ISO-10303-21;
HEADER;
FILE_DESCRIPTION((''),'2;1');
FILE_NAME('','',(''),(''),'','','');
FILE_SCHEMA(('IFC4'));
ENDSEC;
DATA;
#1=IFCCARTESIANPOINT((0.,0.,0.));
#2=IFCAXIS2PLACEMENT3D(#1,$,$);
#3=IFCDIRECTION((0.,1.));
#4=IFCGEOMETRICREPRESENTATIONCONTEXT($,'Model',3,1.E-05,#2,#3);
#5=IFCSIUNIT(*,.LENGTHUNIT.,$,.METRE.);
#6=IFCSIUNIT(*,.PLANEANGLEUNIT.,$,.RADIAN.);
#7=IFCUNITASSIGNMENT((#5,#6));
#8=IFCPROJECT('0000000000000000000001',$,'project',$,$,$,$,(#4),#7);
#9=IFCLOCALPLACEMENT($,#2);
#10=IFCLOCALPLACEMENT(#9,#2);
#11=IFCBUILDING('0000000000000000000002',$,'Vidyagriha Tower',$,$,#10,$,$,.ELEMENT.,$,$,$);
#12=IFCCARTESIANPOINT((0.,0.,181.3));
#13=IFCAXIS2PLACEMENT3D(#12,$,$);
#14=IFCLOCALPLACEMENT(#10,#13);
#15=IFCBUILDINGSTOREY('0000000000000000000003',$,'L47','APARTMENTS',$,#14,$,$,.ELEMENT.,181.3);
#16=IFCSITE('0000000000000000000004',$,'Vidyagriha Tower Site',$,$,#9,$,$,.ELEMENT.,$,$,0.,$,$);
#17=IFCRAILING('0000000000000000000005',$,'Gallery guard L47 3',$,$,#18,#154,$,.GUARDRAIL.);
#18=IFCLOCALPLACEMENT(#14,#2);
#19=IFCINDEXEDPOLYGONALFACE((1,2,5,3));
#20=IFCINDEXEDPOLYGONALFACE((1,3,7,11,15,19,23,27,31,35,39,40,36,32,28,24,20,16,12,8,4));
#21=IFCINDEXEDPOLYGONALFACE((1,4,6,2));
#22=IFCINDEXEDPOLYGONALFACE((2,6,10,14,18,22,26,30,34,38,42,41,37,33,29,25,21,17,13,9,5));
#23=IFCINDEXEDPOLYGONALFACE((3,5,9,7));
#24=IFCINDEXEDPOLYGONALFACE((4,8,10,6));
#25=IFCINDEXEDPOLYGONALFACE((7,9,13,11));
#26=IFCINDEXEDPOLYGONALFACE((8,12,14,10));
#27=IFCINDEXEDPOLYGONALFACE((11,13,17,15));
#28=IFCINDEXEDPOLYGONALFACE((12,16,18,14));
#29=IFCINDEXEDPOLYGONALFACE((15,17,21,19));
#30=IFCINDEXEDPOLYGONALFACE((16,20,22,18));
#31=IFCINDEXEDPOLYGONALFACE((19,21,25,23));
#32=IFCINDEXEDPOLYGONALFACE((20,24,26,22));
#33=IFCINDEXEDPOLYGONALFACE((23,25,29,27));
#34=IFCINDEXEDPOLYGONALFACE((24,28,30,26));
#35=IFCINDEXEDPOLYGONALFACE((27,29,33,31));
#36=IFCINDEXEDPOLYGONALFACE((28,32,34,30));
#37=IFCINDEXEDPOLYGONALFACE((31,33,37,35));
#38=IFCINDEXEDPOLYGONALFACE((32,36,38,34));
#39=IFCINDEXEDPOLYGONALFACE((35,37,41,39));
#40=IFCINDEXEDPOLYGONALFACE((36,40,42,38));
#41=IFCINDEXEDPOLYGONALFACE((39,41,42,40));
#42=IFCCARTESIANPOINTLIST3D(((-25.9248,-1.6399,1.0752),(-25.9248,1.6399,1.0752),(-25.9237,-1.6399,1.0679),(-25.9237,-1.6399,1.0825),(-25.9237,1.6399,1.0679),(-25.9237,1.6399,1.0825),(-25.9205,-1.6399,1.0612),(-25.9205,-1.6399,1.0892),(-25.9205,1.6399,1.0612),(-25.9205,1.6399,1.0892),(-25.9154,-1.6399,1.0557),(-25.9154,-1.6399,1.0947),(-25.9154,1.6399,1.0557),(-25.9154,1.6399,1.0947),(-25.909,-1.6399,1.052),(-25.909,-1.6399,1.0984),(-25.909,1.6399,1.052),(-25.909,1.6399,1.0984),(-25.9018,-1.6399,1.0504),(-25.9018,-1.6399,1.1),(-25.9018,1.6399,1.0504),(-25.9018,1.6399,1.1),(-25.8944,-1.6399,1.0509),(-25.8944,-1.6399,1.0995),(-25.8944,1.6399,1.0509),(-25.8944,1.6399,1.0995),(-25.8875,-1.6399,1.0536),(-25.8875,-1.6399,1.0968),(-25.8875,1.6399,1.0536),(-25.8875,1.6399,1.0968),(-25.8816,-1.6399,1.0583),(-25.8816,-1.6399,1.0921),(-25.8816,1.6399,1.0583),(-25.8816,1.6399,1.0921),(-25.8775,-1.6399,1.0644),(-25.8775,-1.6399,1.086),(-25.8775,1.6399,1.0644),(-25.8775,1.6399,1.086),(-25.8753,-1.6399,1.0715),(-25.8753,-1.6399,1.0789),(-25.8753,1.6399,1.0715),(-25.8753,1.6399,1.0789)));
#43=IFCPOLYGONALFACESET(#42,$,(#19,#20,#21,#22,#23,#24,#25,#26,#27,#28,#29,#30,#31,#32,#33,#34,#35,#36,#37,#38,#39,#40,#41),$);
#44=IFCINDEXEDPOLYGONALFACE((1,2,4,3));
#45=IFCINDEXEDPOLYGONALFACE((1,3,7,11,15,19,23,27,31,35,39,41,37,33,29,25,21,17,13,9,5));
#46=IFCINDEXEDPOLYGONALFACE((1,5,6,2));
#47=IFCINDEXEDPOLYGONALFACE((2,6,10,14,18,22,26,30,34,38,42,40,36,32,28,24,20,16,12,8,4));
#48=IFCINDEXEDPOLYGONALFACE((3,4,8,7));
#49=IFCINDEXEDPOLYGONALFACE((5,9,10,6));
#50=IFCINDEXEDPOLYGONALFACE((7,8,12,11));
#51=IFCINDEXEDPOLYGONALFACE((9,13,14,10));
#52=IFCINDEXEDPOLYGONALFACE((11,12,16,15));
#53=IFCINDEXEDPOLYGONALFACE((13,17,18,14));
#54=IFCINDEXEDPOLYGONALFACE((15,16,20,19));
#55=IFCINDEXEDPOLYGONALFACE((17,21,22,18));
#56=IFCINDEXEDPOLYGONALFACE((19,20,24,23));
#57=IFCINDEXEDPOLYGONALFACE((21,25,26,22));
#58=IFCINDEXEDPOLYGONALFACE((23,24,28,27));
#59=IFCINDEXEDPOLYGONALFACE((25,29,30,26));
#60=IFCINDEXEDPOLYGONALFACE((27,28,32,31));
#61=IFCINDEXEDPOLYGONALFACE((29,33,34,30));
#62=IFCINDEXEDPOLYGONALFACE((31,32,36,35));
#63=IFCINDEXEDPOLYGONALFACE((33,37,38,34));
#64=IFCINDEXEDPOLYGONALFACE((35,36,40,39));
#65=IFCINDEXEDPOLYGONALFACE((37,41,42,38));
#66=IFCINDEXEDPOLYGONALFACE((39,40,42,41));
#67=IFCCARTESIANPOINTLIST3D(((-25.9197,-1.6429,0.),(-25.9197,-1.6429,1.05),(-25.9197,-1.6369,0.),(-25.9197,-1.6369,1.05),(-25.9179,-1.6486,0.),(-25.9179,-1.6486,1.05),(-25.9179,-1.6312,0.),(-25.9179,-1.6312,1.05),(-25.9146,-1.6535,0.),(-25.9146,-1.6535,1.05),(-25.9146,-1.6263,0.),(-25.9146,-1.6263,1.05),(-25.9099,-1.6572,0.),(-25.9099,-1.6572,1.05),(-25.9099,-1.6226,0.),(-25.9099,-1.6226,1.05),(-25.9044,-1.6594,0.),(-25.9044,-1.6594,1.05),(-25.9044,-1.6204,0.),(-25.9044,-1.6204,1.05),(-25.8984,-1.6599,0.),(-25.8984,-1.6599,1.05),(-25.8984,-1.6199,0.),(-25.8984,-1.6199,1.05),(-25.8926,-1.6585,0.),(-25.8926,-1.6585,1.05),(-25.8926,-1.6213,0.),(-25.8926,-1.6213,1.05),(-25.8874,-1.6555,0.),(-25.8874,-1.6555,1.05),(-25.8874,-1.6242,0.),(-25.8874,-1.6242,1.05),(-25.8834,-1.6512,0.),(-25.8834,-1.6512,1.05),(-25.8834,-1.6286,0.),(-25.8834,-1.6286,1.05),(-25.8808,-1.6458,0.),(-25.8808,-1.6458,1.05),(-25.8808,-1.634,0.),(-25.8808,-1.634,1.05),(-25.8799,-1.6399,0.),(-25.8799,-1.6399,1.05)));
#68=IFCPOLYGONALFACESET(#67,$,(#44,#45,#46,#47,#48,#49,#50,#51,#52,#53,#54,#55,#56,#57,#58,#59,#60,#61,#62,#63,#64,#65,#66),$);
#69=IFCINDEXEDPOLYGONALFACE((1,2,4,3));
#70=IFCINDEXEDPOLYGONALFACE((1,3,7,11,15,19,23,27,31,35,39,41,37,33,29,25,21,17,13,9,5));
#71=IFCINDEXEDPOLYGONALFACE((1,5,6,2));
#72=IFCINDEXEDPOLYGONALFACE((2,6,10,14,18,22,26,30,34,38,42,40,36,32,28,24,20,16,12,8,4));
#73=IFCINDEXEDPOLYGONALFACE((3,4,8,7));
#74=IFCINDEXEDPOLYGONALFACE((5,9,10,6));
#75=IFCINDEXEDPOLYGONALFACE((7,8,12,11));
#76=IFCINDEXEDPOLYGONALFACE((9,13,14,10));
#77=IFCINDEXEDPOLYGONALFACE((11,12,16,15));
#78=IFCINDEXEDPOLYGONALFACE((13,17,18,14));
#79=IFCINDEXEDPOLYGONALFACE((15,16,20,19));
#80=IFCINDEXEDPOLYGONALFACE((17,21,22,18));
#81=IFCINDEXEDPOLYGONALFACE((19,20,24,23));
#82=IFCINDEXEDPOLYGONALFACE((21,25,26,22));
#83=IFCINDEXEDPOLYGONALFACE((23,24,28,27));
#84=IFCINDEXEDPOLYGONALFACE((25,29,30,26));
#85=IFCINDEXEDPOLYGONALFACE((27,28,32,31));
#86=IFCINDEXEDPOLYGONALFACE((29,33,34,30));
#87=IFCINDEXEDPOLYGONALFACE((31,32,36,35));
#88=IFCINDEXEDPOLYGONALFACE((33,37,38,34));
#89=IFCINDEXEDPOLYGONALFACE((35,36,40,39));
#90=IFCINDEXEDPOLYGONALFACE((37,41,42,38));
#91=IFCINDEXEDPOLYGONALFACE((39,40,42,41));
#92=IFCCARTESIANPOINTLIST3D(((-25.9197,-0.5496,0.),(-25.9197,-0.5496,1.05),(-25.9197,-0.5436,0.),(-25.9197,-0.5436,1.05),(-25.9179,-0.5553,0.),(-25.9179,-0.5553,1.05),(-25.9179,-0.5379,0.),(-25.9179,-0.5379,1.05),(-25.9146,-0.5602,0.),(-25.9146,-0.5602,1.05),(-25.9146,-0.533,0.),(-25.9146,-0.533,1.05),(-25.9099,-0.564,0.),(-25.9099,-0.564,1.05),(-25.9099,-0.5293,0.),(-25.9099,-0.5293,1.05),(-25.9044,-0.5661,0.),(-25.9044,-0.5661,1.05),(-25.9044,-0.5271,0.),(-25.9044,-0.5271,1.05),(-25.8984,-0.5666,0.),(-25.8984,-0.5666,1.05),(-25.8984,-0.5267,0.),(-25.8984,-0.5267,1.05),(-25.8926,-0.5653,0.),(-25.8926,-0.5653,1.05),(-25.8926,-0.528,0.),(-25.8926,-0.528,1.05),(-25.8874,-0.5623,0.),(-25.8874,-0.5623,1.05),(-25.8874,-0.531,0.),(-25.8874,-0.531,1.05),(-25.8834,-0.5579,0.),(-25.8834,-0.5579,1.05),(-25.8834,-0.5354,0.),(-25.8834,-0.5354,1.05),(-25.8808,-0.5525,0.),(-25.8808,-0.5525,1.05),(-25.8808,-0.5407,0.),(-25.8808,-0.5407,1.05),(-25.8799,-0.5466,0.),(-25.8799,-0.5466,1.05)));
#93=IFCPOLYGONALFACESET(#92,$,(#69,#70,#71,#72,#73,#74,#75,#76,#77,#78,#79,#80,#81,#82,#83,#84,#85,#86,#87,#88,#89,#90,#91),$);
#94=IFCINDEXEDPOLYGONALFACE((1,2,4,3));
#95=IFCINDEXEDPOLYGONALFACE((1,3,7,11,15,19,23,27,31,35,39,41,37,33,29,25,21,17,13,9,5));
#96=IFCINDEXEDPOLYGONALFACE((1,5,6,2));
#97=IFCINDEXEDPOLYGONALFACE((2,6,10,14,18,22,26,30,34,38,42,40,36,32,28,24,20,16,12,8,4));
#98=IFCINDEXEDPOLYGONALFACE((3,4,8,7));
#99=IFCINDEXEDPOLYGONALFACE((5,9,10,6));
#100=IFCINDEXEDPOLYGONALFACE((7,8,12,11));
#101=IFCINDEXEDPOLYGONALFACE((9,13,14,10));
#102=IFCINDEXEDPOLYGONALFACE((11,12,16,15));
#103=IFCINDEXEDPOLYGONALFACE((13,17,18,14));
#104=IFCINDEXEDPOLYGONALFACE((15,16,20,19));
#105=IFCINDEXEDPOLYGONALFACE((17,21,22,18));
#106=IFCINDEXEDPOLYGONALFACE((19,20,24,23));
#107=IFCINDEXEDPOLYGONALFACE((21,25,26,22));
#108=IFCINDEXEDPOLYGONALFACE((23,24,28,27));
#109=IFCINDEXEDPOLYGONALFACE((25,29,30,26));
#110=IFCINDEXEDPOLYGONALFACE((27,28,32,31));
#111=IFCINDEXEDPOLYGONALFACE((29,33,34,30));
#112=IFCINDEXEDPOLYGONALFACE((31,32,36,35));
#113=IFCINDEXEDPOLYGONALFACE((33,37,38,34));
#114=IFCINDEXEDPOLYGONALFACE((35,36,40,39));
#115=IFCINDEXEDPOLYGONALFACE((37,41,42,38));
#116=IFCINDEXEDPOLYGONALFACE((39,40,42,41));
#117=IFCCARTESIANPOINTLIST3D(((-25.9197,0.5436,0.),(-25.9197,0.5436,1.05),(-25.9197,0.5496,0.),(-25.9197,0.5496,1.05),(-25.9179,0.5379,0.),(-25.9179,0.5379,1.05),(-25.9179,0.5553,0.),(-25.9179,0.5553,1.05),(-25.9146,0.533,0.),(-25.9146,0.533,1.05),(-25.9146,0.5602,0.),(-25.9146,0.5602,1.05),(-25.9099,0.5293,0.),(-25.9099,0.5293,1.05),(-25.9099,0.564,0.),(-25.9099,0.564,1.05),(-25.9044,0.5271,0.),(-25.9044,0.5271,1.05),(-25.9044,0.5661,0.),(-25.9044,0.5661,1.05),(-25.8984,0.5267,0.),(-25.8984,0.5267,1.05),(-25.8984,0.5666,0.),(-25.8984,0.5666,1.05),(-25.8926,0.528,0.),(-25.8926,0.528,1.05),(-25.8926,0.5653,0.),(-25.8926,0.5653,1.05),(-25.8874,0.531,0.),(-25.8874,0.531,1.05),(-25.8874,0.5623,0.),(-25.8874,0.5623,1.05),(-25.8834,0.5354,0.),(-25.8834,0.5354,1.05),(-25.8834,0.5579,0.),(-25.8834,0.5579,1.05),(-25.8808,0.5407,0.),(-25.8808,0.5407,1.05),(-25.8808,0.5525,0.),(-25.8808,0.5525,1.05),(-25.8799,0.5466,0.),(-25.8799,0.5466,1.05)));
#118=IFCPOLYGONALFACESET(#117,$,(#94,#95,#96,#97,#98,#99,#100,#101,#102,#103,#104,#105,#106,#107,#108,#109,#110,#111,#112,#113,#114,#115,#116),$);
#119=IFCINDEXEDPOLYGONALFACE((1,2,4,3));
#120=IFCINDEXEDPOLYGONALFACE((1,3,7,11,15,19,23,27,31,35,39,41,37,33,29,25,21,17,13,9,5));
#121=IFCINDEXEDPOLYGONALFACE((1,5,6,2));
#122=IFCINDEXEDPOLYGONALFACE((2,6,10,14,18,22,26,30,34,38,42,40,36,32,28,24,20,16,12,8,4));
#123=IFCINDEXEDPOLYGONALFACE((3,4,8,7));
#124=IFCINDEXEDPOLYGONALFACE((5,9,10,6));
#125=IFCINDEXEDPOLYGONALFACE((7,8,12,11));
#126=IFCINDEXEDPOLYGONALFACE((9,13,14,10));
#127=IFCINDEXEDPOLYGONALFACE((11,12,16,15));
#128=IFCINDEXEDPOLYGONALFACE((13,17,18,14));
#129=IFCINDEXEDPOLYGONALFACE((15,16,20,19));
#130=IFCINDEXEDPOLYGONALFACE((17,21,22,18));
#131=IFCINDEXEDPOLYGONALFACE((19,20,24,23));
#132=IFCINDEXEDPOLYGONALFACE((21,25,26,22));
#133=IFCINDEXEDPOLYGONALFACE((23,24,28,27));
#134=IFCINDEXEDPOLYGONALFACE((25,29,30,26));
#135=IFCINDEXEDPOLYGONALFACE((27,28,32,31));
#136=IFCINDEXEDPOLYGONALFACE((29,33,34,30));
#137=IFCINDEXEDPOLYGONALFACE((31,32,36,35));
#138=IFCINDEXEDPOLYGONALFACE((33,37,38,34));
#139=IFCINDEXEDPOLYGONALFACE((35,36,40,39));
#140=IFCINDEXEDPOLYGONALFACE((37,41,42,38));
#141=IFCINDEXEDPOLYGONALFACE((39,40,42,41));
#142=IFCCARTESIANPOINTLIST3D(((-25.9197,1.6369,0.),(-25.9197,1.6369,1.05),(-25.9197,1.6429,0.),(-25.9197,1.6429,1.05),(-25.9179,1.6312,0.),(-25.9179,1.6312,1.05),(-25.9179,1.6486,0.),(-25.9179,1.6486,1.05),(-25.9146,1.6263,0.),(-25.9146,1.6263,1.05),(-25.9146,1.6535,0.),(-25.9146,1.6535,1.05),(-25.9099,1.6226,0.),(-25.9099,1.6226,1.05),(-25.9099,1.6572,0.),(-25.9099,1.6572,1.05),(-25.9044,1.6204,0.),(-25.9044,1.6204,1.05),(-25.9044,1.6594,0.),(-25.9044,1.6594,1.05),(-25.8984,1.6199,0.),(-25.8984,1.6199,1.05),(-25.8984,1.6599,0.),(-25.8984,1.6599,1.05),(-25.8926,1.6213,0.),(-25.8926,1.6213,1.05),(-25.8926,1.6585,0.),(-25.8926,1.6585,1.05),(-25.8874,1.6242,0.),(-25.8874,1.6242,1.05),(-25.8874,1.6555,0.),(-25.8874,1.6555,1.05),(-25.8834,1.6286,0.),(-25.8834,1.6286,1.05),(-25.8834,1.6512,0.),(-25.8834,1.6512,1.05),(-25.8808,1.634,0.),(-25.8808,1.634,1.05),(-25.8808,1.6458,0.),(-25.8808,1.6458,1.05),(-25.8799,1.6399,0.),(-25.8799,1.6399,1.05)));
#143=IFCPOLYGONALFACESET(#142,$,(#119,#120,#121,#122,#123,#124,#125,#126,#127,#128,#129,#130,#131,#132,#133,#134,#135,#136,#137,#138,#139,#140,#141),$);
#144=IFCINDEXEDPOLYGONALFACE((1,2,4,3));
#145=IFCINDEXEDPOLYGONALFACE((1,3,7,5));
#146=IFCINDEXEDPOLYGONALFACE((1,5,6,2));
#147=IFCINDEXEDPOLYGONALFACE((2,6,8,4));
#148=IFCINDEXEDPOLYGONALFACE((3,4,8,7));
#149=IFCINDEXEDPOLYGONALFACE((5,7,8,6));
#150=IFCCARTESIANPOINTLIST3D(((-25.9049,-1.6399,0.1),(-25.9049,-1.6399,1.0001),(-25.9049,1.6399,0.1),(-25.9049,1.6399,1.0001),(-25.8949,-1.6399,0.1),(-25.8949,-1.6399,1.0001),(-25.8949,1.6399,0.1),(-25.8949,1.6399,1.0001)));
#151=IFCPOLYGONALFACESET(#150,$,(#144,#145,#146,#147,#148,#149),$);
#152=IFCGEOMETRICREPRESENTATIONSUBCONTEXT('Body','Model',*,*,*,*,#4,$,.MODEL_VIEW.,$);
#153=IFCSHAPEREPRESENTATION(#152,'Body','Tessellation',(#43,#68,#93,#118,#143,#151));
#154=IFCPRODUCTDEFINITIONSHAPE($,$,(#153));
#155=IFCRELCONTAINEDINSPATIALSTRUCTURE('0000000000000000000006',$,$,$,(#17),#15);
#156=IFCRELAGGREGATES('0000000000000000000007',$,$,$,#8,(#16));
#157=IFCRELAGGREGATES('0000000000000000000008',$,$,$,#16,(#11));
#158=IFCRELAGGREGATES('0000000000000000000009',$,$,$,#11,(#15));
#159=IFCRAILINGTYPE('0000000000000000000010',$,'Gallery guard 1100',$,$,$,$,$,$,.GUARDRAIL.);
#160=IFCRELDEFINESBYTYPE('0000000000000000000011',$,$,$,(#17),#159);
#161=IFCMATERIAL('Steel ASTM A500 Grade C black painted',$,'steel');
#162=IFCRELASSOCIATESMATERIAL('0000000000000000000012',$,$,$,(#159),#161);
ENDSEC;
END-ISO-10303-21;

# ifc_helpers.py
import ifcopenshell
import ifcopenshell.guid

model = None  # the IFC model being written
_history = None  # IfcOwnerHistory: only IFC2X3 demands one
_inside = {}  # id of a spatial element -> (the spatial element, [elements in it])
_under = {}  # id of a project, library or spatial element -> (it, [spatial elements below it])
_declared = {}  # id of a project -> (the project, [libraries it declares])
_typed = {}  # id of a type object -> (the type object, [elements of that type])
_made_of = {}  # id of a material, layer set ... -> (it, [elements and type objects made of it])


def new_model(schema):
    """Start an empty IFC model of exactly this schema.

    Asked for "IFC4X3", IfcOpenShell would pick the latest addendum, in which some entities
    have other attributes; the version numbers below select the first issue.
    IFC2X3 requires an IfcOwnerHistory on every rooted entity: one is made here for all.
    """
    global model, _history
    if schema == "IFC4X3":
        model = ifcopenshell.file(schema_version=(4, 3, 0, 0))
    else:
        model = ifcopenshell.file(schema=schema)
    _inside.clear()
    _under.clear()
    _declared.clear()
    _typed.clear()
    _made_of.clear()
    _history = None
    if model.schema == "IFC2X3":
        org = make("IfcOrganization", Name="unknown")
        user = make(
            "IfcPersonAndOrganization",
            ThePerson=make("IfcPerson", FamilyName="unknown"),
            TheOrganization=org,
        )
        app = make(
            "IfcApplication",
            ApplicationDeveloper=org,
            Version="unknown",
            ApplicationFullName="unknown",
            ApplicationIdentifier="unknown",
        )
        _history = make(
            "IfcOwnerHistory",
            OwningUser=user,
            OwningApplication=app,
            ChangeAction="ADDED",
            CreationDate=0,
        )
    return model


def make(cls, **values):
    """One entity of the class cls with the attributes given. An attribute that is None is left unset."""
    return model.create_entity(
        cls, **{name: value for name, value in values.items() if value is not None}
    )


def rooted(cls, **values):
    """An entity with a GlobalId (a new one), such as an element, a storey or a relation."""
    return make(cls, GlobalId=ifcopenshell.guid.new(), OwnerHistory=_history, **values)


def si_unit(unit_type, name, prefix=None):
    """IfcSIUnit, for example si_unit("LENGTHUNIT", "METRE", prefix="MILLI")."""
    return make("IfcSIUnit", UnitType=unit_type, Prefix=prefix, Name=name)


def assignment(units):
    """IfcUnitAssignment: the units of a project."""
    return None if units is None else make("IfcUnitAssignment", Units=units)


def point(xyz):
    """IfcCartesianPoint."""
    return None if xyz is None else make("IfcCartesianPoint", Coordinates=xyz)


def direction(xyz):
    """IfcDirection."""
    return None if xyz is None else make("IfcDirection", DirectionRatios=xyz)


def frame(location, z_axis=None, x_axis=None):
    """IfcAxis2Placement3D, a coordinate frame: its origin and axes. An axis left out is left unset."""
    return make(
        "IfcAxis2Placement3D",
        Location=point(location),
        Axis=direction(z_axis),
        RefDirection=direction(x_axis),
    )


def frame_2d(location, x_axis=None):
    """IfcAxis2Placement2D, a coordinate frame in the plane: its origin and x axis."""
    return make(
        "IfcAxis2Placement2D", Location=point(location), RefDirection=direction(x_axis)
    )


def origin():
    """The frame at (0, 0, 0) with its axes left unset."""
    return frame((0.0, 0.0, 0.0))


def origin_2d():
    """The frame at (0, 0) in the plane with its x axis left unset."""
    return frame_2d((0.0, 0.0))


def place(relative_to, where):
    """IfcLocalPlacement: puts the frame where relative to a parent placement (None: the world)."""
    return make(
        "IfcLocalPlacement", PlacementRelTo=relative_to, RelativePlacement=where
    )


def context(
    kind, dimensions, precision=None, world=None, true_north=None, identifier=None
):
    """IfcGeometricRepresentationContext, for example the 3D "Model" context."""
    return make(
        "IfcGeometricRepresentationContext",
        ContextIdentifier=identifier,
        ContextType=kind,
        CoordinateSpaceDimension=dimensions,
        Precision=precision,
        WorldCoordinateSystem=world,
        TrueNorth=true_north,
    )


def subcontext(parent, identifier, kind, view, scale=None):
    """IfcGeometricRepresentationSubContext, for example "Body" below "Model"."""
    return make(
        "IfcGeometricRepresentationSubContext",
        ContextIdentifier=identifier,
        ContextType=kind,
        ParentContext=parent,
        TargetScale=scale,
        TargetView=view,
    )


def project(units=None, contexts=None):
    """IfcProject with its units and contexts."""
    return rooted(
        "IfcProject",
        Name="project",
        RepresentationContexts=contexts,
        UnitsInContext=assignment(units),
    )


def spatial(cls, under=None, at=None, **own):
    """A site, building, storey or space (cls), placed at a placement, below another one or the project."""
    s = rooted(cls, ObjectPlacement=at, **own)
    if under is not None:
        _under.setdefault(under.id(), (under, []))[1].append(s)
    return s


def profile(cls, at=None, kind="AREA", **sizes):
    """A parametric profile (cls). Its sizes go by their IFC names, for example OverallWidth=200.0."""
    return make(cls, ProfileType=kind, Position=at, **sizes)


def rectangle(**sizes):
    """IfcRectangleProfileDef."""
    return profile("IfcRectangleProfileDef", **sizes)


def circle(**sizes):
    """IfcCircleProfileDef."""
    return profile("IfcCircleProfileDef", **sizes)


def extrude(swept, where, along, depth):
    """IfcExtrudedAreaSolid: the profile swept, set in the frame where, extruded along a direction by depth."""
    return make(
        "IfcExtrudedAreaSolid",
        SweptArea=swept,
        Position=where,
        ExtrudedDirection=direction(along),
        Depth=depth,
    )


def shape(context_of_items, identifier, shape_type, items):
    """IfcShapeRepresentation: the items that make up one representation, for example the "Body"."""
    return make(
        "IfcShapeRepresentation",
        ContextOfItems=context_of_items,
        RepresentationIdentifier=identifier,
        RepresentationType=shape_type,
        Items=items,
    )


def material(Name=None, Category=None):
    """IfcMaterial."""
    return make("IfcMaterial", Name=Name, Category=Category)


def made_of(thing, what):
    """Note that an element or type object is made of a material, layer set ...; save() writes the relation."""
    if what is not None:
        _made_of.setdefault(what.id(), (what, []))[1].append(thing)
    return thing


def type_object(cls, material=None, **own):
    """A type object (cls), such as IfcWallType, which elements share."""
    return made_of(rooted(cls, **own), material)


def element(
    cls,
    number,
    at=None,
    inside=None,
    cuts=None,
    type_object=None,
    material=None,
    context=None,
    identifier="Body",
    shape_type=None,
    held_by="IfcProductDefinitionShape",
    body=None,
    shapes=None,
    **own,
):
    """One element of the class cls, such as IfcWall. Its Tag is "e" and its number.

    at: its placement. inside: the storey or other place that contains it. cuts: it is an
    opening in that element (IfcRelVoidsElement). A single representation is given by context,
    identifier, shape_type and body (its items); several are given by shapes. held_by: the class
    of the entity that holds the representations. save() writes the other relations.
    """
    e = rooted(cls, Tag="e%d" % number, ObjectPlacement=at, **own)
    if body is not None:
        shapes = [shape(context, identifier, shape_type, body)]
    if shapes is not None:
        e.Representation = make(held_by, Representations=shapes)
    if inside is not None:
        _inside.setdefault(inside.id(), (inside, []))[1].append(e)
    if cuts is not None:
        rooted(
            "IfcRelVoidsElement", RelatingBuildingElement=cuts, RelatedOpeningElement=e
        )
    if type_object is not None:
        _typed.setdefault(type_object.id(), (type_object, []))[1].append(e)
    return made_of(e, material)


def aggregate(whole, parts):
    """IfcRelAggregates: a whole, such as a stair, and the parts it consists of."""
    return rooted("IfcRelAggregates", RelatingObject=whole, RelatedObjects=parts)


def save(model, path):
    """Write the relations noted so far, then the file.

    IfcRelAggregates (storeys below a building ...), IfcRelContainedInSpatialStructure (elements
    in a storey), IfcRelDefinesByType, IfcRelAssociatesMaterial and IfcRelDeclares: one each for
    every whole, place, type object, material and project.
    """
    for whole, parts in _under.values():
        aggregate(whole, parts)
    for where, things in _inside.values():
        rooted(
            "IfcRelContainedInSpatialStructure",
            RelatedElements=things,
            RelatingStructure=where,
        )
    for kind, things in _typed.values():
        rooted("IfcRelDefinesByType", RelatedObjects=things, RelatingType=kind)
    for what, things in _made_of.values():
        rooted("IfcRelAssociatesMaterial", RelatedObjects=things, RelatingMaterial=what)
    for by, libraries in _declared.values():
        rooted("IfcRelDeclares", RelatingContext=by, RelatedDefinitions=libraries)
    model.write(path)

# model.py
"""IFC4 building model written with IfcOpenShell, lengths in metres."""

from ifc_helpers import new_model, si_unit, direction, frame, origin, origin_2d, place, context, subcontext, project, spatial, rectangle, circle, extrude, material, type_object, element, save


model = new_model("IFC4")

# Units and contexts
model_context = context("Model", 3, precision=1e-05, world=origin(), true_north=direction((0.0, 1.0)))
body_context = subcontext(model_context, "Body", "Model", "MODEL_VIEW")
ifc_project = project(units=[si_unit("LENGTHUNIT", "METRE"), si_unit("PLANEANGLEUNIT", "RADIAN")], contexts=[model_context])

# Site, building, storey
site_placement = place(None, origin())
site = spatial("IfcSite", under=ifc_project, at=site_placement, Name="Vidyagriha Tower Site", CompositionType="ELEMENT", RefElevation=0.0)
building_placement = place(site_placement, origin())
building = spatial("IfcBuilding", under=site, at=building_placement, Name="Vidyagriha Tower", CompositionType="ELEMENT")
storey_placement = place(building_placement, frame((0.0, 0.0, 181.3)))
storey = spatial("IfcBuildingStorey", under=building, at=storey_placement, Name="L47", Description="APARTMENTS", CompositionType="ELEMENT", Elevation=181.3)

# Railing
ifc_material_1 = material(Name="Steel ASTM A500 Grade C black painted", Category="steel")
railing_type_1 = type_object("IfcRailingType", Name="Gallery guard 1100", PredefinedType="GUARDRAIL", material=ifc_material_1)
railing_1_placement = place(storey_placement, frame((-25.8999, -1.6399, 0.0)))
element("IfcRailing", 1, at=railing_1_placement, inside=storey, type_object=railing_type_1, Name="Gallery guard L47 3", PredefinedType="GUARDRAIL", context=body_context, shape_type="SweptSolid", body=[
    extrude(circle(Radius=0.0249, at=origin_2d()), frame((0.0, 0.0, 1.0752), z_axis=(0.0, 1.0, 0.0), x_axis=(-1.0, 0.0, 0.0)), (0.0, 0.0, 1.0), 3.2798),
    extrude(circle(Radius=0.02, at=origin_2d()), origin(), (0.0, 0.0, 1.0), 1.05),
    extrude(circle(Radius=0.02, at=origin_2d()), frame((0.0, 1.0933, 0.0)), (0.0, 0.0, 1.0), 1.05),
    extrude(circle(Radius=0.02, at=origin_2d()), frame((0.0, 2.1865, 0.0)), (0.0, 0.0, 1.0), 1.05),
    extrude(circle(Radius=0.02, at=origin_2d()), frame((0.0, 3.2798, 0.0)), (0.0, 0.0, 1.0), 1.05),
    extrude(rectangle(XDim=0.01, YDim=0.9001, at=origin_2d()), frame((0.0, 0.0, 0.55), z_axis=(0.0, 1.0, 0.0), x_axis=(-1.0, 0.0, 0.0)), (0.0, 0.0, 1.0), 3.2798),
])

save(model, "model.ifc")
